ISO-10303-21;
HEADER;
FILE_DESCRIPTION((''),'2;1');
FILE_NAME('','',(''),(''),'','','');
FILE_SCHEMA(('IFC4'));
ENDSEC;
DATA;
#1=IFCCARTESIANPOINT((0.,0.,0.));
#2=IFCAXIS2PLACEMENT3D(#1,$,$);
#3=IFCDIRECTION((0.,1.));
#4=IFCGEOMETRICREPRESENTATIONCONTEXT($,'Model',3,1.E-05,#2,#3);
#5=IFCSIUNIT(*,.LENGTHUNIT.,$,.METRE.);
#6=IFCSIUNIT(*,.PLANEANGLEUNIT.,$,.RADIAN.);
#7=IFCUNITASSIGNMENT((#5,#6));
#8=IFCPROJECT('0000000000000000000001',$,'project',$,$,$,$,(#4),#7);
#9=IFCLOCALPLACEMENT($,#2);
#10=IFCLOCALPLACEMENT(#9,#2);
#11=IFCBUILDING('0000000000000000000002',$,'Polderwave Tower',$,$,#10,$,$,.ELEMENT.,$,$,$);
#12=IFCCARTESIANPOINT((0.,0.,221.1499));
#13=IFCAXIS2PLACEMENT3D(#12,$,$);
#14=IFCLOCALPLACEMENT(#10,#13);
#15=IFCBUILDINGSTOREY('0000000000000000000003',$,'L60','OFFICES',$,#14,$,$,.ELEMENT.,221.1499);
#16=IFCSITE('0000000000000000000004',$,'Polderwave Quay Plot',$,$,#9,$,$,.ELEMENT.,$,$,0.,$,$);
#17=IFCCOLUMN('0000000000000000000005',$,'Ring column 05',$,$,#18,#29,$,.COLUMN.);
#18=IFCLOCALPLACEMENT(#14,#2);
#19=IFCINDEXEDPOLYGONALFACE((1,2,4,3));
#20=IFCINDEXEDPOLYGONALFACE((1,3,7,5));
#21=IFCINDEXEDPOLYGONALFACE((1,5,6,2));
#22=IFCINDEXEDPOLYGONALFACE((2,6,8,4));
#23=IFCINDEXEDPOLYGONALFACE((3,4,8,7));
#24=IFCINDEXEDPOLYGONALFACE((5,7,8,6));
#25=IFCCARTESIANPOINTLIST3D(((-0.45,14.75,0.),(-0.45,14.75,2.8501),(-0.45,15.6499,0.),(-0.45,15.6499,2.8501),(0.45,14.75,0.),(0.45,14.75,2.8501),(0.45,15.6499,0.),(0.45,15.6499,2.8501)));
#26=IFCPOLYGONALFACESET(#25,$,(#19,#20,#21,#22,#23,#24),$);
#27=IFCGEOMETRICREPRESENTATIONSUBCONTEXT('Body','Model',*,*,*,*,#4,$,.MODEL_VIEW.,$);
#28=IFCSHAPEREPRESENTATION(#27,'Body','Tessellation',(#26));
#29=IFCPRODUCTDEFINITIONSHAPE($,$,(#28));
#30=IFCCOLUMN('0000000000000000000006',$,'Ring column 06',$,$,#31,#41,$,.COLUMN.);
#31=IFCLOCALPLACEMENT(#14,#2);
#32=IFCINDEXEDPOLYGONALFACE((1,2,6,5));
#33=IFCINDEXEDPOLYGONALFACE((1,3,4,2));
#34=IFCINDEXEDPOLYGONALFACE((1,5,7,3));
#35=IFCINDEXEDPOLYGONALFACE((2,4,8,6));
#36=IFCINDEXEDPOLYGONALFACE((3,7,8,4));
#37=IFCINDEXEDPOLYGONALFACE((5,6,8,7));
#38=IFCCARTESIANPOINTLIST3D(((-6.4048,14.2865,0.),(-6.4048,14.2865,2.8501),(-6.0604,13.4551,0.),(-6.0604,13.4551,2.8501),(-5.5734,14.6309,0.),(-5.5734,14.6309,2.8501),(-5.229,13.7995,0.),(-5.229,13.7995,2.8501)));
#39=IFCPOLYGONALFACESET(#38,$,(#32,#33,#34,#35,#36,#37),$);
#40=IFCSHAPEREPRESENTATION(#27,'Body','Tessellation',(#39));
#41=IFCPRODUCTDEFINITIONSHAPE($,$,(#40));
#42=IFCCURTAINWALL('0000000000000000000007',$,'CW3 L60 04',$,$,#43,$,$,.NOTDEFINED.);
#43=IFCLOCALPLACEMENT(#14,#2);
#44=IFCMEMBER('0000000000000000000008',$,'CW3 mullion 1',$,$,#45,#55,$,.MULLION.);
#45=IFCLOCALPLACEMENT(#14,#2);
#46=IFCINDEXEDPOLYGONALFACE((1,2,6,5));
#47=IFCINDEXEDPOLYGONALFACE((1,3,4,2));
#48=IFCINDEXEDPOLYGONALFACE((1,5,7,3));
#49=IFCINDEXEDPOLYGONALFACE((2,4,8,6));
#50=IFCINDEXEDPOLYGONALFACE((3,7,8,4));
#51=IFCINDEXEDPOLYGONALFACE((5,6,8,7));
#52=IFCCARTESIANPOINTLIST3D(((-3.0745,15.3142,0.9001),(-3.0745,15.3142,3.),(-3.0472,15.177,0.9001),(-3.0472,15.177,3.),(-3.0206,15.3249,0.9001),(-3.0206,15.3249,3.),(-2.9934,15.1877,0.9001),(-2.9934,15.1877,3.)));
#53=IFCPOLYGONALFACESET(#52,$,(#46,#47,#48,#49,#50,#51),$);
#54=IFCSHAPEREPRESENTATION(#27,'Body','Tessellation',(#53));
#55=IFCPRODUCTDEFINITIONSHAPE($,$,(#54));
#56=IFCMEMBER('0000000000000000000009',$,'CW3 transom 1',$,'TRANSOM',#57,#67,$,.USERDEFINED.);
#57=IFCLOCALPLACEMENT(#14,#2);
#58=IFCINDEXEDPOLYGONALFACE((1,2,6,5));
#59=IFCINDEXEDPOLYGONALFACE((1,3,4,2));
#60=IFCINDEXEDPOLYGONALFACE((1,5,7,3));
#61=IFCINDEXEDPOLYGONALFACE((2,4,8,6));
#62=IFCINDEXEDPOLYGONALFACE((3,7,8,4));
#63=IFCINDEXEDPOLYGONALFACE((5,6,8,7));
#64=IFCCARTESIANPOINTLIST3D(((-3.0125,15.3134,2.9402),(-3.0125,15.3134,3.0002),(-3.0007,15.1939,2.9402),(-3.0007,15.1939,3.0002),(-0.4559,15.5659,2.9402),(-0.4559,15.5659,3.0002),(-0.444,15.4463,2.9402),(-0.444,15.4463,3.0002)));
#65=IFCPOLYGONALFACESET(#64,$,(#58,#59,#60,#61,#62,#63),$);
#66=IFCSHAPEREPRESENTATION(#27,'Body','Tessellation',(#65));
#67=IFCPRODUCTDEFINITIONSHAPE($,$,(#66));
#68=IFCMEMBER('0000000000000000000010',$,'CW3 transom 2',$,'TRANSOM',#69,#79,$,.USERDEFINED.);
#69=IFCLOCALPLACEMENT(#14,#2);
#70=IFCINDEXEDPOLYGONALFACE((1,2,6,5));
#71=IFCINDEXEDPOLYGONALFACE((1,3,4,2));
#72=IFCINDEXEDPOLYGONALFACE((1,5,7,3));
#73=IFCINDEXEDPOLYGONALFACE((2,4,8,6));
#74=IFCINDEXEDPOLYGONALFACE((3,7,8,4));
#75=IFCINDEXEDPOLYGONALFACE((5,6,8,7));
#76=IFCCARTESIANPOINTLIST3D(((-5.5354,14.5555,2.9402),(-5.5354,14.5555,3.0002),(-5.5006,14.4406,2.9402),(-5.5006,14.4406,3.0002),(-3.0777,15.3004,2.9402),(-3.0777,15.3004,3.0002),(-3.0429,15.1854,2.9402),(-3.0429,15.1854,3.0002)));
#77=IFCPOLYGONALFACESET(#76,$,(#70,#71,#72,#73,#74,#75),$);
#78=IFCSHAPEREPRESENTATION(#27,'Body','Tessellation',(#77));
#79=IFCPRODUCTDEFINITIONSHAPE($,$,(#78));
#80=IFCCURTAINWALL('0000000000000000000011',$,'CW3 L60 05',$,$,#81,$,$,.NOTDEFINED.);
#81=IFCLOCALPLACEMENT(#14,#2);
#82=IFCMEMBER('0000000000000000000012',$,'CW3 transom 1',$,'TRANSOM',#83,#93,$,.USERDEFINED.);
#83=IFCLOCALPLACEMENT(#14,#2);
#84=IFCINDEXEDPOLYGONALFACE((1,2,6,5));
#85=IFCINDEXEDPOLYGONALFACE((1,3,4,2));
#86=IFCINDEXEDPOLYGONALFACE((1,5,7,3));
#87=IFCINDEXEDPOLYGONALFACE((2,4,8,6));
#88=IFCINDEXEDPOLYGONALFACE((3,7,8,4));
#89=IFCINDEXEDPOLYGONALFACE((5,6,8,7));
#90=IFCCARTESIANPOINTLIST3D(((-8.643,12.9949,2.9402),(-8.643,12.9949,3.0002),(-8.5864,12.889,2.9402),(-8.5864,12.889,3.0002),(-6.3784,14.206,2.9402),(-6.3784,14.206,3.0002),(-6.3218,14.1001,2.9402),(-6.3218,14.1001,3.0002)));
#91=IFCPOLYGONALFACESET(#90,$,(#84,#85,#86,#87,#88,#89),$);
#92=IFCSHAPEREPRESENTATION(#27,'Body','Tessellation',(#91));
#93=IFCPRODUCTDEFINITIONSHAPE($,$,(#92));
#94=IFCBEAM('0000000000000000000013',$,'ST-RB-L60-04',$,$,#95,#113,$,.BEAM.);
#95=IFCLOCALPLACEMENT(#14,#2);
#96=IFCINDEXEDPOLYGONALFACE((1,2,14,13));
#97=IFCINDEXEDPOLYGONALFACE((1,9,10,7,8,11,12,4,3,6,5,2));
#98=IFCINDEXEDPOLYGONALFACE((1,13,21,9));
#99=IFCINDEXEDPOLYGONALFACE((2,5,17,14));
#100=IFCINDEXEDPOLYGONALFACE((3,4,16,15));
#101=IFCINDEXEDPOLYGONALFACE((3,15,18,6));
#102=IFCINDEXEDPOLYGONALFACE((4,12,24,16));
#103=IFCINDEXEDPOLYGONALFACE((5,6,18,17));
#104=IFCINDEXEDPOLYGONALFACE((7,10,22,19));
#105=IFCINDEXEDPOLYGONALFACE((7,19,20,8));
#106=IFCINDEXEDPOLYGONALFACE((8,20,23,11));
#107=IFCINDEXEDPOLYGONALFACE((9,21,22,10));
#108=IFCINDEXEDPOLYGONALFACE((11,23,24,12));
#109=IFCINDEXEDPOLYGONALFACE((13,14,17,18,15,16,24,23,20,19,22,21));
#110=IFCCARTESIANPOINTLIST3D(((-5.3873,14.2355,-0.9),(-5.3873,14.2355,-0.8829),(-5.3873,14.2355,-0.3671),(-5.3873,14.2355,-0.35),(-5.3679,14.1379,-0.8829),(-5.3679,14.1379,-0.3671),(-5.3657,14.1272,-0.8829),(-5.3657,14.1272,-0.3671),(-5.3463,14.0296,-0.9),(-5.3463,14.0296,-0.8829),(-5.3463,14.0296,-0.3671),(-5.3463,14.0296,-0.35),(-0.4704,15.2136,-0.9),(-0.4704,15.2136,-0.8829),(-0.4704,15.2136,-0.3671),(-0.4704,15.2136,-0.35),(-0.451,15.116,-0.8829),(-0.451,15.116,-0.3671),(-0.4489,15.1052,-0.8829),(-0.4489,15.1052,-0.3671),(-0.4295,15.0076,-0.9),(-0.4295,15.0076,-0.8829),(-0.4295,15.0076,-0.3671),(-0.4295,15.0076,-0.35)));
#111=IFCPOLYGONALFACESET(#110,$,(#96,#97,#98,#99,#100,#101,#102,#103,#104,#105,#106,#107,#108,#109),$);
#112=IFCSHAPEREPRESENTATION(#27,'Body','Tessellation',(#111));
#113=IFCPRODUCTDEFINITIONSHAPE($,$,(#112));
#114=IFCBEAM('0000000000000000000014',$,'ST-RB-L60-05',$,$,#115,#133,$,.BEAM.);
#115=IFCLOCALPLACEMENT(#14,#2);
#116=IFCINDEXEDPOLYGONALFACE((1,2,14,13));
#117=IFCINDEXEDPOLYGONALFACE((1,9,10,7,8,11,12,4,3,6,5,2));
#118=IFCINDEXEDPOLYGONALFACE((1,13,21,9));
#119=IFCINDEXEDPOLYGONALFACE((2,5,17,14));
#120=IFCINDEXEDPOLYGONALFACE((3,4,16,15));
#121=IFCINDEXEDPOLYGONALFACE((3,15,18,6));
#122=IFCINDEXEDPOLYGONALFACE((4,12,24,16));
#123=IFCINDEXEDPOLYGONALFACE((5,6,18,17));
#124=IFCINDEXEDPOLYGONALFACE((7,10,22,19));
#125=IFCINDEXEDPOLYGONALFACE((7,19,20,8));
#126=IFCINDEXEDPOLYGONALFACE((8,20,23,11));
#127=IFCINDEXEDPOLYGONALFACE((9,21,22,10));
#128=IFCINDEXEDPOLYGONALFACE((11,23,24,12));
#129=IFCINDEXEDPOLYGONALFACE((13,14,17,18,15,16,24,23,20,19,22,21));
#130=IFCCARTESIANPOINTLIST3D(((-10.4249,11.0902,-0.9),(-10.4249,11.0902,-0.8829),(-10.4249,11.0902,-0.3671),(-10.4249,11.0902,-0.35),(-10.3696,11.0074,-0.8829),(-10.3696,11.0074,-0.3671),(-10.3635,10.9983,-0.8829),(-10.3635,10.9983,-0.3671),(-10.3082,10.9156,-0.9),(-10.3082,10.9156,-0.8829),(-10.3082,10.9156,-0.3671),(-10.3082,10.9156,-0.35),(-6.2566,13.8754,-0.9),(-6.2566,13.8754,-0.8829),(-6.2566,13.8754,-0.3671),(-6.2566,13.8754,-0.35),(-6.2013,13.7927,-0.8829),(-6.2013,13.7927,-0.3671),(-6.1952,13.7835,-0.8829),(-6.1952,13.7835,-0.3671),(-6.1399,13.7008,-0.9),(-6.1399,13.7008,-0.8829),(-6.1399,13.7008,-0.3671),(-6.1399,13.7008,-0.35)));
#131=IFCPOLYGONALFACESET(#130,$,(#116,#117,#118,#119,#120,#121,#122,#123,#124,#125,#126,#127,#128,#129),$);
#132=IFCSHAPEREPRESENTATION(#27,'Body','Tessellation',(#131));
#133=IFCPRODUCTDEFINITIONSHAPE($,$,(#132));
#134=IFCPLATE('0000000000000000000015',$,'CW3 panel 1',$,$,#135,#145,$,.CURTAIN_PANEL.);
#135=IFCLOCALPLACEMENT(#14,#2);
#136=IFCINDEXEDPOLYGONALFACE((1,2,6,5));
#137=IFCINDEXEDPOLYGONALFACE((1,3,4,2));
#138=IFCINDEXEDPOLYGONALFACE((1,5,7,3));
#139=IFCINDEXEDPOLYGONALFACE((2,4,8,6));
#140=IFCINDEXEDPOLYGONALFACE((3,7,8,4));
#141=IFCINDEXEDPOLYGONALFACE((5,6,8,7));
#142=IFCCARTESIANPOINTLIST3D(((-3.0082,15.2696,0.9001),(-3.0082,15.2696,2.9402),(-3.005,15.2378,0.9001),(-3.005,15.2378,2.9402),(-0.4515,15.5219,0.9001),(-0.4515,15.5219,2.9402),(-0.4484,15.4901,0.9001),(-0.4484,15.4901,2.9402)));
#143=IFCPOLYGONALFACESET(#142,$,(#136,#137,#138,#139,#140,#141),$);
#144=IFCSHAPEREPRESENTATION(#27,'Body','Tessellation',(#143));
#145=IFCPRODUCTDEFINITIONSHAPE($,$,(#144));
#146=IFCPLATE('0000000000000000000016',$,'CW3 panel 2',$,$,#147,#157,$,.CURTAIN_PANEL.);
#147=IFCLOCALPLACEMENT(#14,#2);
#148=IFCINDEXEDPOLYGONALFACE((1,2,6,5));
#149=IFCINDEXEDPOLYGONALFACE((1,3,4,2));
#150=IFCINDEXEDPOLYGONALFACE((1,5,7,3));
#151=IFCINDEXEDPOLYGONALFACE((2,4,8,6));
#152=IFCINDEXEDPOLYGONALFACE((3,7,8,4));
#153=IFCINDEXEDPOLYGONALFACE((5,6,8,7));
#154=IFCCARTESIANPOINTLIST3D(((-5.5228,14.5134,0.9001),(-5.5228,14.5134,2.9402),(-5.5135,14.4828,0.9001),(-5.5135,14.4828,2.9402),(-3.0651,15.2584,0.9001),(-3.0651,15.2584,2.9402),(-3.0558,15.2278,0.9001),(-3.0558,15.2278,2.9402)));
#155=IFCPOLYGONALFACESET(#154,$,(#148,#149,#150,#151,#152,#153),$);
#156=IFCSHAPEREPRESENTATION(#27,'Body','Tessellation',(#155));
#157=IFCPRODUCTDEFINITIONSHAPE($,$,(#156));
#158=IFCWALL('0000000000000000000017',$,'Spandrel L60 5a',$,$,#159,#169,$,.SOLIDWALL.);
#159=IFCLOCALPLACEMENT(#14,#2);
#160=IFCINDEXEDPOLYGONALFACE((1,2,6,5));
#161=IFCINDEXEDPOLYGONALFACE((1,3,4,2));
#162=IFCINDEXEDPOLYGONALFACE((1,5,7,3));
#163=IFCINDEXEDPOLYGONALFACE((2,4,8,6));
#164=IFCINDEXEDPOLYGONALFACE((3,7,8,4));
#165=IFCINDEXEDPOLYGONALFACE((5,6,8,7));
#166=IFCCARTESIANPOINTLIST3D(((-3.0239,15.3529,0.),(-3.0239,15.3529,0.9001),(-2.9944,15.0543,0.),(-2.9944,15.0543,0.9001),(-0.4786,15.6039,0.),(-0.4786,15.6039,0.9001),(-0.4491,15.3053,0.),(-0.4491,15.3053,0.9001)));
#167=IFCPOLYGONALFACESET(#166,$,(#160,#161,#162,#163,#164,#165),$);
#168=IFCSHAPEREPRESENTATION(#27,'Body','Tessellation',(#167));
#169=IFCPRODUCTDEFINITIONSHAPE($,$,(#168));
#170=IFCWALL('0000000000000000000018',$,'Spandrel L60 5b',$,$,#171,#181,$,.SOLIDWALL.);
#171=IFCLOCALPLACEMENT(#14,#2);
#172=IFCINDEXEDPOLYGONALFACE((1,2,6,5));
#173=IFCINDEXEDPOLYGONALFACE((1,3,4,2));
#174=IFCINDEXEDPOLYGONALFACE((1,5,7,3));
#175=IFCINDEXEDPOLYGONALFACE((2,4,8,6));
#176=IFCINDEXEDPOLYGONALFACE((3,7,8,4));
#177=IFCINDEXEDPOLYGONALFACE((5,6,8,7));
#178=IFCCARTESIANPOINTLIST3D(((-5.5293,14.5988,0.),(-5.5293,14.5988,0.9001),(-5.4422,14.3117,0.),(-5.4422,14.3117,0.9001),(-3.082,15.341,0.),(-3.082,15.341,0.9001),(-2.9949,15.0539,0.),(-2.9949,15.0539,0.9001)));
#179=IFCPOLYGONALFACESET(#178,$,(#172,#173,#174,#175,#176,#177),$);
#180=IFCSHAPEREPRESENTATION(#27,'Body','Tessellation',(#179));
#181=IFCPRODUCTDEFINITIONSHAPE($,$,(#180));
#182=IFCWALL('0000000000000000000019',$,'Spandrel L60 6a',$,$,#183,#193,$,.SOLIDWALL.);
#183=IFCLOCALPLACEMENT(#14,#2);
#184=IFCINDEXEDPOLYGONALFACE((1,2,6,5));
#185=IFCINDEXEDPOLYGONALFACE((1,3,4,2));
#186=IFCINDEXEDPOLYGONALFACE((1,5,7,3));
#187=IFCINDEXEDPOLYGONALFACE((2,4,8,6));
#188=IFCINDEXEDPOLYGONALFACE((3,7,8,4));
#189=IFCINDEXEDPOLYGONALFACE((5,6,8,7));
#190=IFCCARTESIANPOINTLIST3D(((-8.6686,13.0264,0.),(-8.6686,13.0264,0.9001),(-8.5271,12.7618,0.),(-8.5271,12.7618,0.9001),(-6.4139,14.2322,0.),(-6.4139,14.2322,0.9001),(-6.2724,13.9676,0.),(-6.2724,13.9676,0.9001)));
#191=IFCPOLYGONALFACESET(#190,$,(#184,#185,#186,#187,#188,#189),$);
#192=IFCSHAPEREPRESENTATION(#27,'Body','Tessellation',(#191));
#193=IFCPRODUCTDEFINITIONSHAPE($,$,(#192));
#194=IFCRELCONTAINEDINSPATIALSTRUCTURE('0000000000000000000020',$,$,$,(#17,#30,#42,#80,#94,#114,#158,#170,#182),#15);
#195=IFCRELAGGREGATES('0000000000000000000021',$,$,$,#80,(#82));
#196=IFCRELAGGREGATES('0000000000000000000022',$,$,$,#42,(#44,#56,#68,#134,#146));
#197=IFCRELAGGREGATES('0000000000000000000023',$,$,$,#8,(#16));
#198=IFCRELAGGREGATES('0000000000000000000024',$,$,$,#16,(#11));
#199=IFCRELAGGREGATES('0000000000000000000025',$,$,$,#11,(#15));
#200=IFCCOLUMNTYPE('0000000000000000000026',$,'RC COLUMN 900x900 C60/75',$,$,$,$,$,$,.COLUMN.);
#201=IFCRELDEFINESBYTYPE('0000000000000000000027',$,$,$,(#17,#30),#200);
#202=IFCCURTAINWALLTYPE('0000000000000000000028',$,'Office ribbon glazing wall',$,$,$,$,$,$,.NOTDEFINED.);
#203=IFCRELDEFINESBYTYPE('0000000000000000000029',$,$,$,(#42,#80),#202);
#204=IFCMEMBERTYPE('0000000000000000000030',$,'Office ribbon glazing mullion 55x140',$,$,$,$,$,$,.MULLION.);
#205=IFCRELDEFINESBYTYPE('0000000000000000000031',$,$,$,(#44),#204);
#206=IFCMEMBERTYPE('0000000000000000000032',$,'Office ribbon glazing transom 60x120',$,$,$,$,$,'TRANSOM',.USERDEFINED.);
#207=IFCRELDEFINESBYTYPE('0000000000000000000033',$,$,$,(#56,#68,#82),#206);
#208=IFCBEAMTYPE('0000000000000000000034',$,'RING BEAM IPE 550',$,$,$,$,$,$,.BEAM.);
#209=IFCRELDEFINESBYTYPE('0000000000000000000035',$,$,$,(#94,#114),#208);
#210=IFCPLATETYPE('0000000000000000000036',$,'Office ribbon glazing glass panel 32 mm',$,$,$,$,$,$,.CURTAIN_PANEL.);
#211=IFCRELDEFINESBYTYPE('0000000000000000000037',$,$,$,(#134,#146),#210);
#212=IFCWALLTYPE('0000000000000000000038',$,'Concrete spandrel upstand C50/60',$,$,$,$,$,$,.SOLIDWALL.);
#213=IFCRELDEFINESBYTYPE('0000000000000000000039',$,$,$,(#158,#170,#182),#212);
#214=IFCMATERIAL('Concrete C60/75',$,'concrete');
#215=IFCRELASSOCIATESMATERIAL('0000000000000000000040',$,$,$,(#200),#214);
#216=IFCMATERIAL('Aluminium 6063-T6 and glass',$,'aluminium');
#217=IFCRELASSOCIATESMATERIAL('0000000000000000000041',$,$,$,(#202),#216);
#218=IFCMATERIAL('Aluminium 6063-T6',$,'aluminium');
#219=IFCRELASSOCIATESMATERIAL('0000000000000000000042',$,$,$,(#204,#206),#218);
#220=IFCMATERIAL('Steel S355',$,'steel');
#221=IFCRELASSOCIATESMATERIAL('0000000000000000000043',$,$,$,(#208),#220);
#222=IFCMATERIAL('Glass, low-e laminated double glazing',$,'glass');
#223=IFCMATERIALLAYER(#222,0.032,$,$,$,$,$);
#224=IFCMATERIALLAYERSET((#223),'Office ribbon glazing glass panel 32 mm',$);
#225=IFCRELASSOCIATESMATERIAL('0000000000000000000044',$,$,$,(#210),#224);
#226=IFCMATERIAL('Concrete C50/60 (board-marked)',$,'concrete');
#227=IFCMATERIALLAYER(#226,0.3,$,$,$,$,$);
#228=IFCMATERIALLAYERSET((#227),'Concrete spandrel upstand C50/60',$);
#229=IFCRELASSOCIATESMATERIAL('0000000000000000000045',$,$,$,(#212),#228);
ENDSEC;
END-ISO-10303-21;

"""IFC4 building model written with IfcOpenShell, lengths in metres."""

from ifc_helpers import new_model, si_unit, direction, frame, frame_2d, origin, origin_2d, place, context, subcontext, project, spatial, rectangle, i_section, extrude, material, layer, layer_set, material_profile, profile_set, type_object, element, aggregate, save


model = new_model("IFC4")

# Units and contexts
model_context = context("Model", 3, precision=1e-05, world=origin(), true_north=direction((0.0, 1.0)))
body_context = subcontext(model_context, "Body", "Model", "MODEL_VIEW")
ifc_project = project(units=[si_unit("LENGTHUNIT", "METRE"), si_unit("PLANEANGLEUNIT", "RADIAN")], contexts=[model_context])

# Site, building, storey
site_placement = place(None, origin())
site = spatial("IfcSite", under=ifc_project, at=site_placement, Name="Polderwave Quay Plot", CompositionType="ELEMENT", RefElevation=0.0)
building_placement = place(site_placement, origin())
building = spatial("IfcBuilding", under=site, at=building_placement, Name="Polderwave Tower", CompositionType="ELEMENT")
storey_placement = place(building_placement, frame((0.0, 0.0, 221.1499)))
storey = spatial("IfcBuildingStorey", under=building, at=storey_placement, Name="L60", Description="OFFICES", CompositionType="ELEMENT", Elevation=221.1499)

# Columns
ifc_material_1 = material(Name="Concrete C60/75", Category="concrete")
ifc_material_profile_1 = material_profile(ifc_material_1, rectangle(XDim=0.8999, YDim=0.8999, at=origin_2d()), Name="RC 900x900")
ifc_profile_set_1 = profile_set([ifc_material_profile_1], Name="Concrete C60/75")
column_type = type_object("IfcColumnType", Name="RC COLUMN 900x900 C60/75", PredefinedType="COLUMN", material=ifc_profile_set_1)
for number, where, z_axis, x_axis, name in (
    (1, (0.0, 15.2, 0.0), (0.0, 0.0, 1.0), (0.0, 1.0, 0.0), "Ring column 05"),
    (2, (-5.8169, 14.043, 0.0), (0.0, 0.0, 1.0), (-0.382683, 0.92388, 0.0), "Ring column 06"),
):
    element("IfcColumn", number, at=place(storey_placement, frame(where, z_axis=z_axis, x_axis=x_axis)), inside=storey, type_object=column_type, Name=name, PredefinedType="COLUMN", context=body_context, shape_type="SweptSolid", body=[
        extrude(rectangle(XDim=0.8999, YDim=0.8999, at=origin_2d()), origin(), (0.0, 0.0, 1.0), 2.8501),
    ])

# Curtain wall, members
ifc_material_2 = material(Name="Aluminium 6063-T6 and glass", Category="aluminium")
curtain_wall_type = type_object("IfcCurtainWallType", Name="Office ribbon glazing wall", PredefinedType="NOTDEFINED", material=ifc_material_2)
curtain_wall_1_placement = place(storey_placement, origin())
curtain_wall_1 = element("IfcCurtainWall", 3, at=curtain_wall_1_placement, inside=storey, type_object=curtain_wall_type, Name="CW3 L60 04", PredefinedType="NOTDEFINED")
ifc_material_3 = material(Name="Aluminium 6063-T6", Category="aluminium")
ifc_material_profile_2 = material_profile(ifc_material_3, rectangle(XDim=0.1399, YDim=0.0549, at=origin_2d()), Name="AL 55x140")
ifc_profile_set_2 = profile_set([ifc_material_profile_2], Name="Aluminium 6063-T6")
member_type_1 = type_object("IfcMemberType", Name="Office ribbon glazing mullion 55x140", PredefinedType="MULLION", material=ifc_profile_set_2)
member_1_placement = place(storey_placement, frame((-3.0339, 15.251, 0.9001), z_axis=(0.0, 0.0, 1.0), x_axis=(0.195092, -0.980785, 0.0)))
member_1 = element("IfcMember", 4, at=member_1_placement, type_object=member_type_1, Name="CW3 mullion 1", PredefinedType="MULLION", context=body_context, shape_type="SweptSolid", body=[
    extrude(rectangle(XDim=0.1399, YDim=0.0549, at=origin_2d()), origin(), (0.0, 0.0, 1.0), 2.0999),
])
ifc_material_profile_3 = material_profile(ifc_material_3, rectangle(XDim=0.1201, YDim=0.0601, at=origin_2d()), Name="AL 60x120")
ifc_profile_set_3 = profile_set([ifc_material_profile_3], Name="Aluminium 6063-T6")
member_type_2 = type_object("IfcMemberType", Name="Office ribbon glazing transom 60x120", ElementType="TRANSOM", PredefinedType="USERDEFINED", material=ifc_profile_set_3)
member_2_placement = place(storey_placement, frame((-0.45, 15.5061, 2.9702), z_axis=(-0.995161, -0.098262, 0.0), x_axis=(0.098262, -0.995161, 0.0)))
member_2 = element("IfcMember", 5, at=member_2_placement, type_object=member_type_2, Name="CW3 transom 1", ObjectType="TRANSOM", PredefinedType="USERDEFINED", context=body_context, shape_type="SweptSolid", body=[
    extrude(rectangle(XDim=0.1201, YDim=0.0601, at=origin_2d()), origin(), (0.0, 0.0, 1.0), 2.5691),
])
member_3_placement = place(storey_placement, frame((-3.0603, 15.2429, 2.9702), z_axis=(-0.957014, -0.290042, 0.0), x_axis=(0.290042, -0.957014, 0.0)))
member_3 = element("IfcMember", 6, at=member_3_placement, type_object=member_type_2, Name="CW3 transom 2", ObjectType="TRANSOM", PredefinedType="USERDEFINED", context=body_context, shape_type="SweptSolid", body=[
    extrude(rectangle(XDim=0.1201, YDim=0.0601, at=origin_2d()), origin(), (0.0, 0.0, 1.0), 2.5681),
])

# Curtain wall, member
curtain_wall_2_placement = place(storey_placement, origin())
curtain_wall_2 = element("IfcCurtainWall", 7, at=curtain_wall_2_placement, inside=storey, type_object=curtain_wall_type, Name="CW3 L60 05", PredefinedType="NOTDEFINED")
member_4_placement = place(storey_placement, frame((-6.3501, 14.1531, 2.9702), z_axis=(-0.881808, -0.471609, 0.0), x_axis=(0.471609, -0.881808, 0.0)))
member_4 = element("IfcMember", 8, at=member_4_placement, type_object=member_type_2, Name="CW3 transom 1", ObjectType="TRANSOM", PredefinedType="USERDEFINED", context=body_context, shape_type="SweptSolid", body=[
    extrude(rectangle(XDim=0.1201, YDim=0.0601, at=origin_2d()), origin(), (0.0, 0.0, 1.0), 2.5681),
])
aggregate(curtain_wall_2, [member_4])

# Beams
ifc_material_4 = material(Name="Steel S355", Category="steel")
ifc_material_profile_4 = material_profile(ifc_material_4, i_section(OverallWidth=0.21, OverallDepth=0.55, WebThickness=0.011, FlangeThickness=0.0171, at=origin_2d()), Name="IPE 550")
ifc_profile_set_4 = profile_set([ifc_material_profile_4], Name="Steel S355")
beam_type = type_object("IfcBeamType", Name="RING BEAM IPE 550", PredefinedType="BEAM", material=ifc_profile_set_4)
for number, where, z_axis, x_axis, name in (
    (9, (-0.45, 15.1106, -0.625), (-0.980784, -0.195095, 0.0), (0.195095, -0.980784, 0.0), "ST-RB-L60-04"),
    (10, (-6.1982, 13.7881, -0.625), (-0.831465, -0.555576, 0.0), (0.555576, -0.831465, 0.0), "ST-RB-L60-05"),
):
    element("IfcBeam", number, at=place(storey_placement, frame(where, z_axis=z_axis, x_axis=x_axis)), inside=storey, type_object=beam_type, Name=name, PredefinedType="BEAM", context=body_context, shape_type="SweptSolid", body=[
        extrude(i_section(OverallWidth=0.21, OverallDepth=0.55, WebThickness=0.011, FlangeThickness=0.0171, at=origin_2d()), origin(), (0.0, 0.0, 1.0), 5.0132),
    ])

# Plates
ifc_material_5 = material(Name="Glass, low-e laminated double glazing", Category="glass")
ifc_layer_1 = layer(ifc_material_5, 0.032)
ifc_layer_set_1 = layer_set([ifc_layer_1], Name="Office ribbon glazing glass panel 32 mm")
plate_type = type_object("IfcPlateType", Name="Office ribbon glazing glass panel 32 mm", PredefinedType="CURTAIN_PANEL", material=ifc_layer_set_1)
plate_1_placement = place(storey_placement, frame((-1.7283, 15.3799, 0.9001), z_axis=(0.0, 0.0, 1.0), x_axis=(-0.995166, -0.098206, 0.0)))
plate_1 = element("IfcPlate", 11, at=plate_1_placement, type_object=plate_type, Name="CW3 panel 1", PredefinedType="CURTAIN_PANEL", context=body_context, shape_type="SweptSolid", body=[
    extrude(rectangle(XDim=2.5691, YDim=0.032, at=origin_2d()), origin(), (0.0, 0.0, 1.0), 2.04),
])
plate_2_placement = place(storey_placement, frame((-4.2893, 14.8706, 0.9001), z_axis=(0.0, 0.0, 1.0), x_axis=(-0.956995, -0.290104, 0.0)))
plate_2 = element("IfcPlate", 12, at=plate_2_placement, type_object=plate_type, Name="CW3 panel 2", PredefinedType="CURTAIN_PANEL", context=body_context, shape_type="SweptSolid", body=[
    extrude(rectangle(XDim=2.5681, YDim=0.032, at=origin_2d()), origin(), (0.0, 0.0, 1.0), 2.04),
])
aggregate(curtain_wall_1, [member_1, member_2, member_3, plate_1, plate_2])

# Walls
ifc_material_6 = material(Name="Concrete C50/60 (board-marked)", Category="concrete")
ifc_layer_2 = layer(ifc_material_6, 0.3)
ifc_layer_set_2 = layer_set([ifc_layer_2], Name="Concrete spandrel upstand C50/60")
wall_type_1 = type_object("IfcWallType", Name="Concrete spandrel upstand C50/60", PredefinedType="SOLIDWALL", material=ifc_layer_set_2)
wall_1_placement = place(storey_placement, frame((-0.4639, 15.4546, 0.0), z_axis=(0.0, 0.0, 1.0), x_axis=(-0.995173, -0.098133, 0.0)))
element("IfcWall", 13, at=wall_1_placement, inside=storey, type_object=wall_type_1, Name="Spandrel L60 5a", PredefinedType="SOLIDWALL", context=body_context, shape_type="SweptSolid", body=[
    extrude(rectangle(XDim=2.5576, YDim=0.3, at=frame_2d((1.2788, 0.0))), origin(), (0.0, 0.0, 1.0), 0.9001),
])
wall_2_placement = place(storey_placement, frame((-3.0383, 15.1975, 0.0), z_axis=(0.0, 0.0, 1.0), x_axis=(-0.95696, -0.290219, 0.0)))
element("IfcWall", 14, at=wall_2_placement, inside=storey, type_object=wall_type_1, Name="Spandrel L60 5b", PredefinedType="SOLIDWALL", context=body_context, shape_type="SweptSolid", body=[
    extrude(rectangle(XDim=2.5574, YDim=0.3, at=frame_2d((1.2788, 0.0))), origin(), (0.0, 0.0, 1.0), 0.9001),
])
wall_3_placement = place(storey_placement, frame((-6.3433, 14.0999, 0.0), z_axis=(0.0, 0.0, 1.0), x_axis=(-0.88181, -0.471604, 0.0)))
element("IfcWall", 15, at=wall_3_placement, inside=storey, type_object=wall_type_1, Name="Spandrel L60 6a", PredefinedType="SOLIDWALL", context=body_context, shape_type="SweptSolid", body=[
    extrude(rectangle(XDim=2.5569, YDim=0.3, at=frame_2d((1.2783, 0.0))), origin(), (0.0, 0.0, 1.0), 0.9001),
])

save(model, "model.ifc")
